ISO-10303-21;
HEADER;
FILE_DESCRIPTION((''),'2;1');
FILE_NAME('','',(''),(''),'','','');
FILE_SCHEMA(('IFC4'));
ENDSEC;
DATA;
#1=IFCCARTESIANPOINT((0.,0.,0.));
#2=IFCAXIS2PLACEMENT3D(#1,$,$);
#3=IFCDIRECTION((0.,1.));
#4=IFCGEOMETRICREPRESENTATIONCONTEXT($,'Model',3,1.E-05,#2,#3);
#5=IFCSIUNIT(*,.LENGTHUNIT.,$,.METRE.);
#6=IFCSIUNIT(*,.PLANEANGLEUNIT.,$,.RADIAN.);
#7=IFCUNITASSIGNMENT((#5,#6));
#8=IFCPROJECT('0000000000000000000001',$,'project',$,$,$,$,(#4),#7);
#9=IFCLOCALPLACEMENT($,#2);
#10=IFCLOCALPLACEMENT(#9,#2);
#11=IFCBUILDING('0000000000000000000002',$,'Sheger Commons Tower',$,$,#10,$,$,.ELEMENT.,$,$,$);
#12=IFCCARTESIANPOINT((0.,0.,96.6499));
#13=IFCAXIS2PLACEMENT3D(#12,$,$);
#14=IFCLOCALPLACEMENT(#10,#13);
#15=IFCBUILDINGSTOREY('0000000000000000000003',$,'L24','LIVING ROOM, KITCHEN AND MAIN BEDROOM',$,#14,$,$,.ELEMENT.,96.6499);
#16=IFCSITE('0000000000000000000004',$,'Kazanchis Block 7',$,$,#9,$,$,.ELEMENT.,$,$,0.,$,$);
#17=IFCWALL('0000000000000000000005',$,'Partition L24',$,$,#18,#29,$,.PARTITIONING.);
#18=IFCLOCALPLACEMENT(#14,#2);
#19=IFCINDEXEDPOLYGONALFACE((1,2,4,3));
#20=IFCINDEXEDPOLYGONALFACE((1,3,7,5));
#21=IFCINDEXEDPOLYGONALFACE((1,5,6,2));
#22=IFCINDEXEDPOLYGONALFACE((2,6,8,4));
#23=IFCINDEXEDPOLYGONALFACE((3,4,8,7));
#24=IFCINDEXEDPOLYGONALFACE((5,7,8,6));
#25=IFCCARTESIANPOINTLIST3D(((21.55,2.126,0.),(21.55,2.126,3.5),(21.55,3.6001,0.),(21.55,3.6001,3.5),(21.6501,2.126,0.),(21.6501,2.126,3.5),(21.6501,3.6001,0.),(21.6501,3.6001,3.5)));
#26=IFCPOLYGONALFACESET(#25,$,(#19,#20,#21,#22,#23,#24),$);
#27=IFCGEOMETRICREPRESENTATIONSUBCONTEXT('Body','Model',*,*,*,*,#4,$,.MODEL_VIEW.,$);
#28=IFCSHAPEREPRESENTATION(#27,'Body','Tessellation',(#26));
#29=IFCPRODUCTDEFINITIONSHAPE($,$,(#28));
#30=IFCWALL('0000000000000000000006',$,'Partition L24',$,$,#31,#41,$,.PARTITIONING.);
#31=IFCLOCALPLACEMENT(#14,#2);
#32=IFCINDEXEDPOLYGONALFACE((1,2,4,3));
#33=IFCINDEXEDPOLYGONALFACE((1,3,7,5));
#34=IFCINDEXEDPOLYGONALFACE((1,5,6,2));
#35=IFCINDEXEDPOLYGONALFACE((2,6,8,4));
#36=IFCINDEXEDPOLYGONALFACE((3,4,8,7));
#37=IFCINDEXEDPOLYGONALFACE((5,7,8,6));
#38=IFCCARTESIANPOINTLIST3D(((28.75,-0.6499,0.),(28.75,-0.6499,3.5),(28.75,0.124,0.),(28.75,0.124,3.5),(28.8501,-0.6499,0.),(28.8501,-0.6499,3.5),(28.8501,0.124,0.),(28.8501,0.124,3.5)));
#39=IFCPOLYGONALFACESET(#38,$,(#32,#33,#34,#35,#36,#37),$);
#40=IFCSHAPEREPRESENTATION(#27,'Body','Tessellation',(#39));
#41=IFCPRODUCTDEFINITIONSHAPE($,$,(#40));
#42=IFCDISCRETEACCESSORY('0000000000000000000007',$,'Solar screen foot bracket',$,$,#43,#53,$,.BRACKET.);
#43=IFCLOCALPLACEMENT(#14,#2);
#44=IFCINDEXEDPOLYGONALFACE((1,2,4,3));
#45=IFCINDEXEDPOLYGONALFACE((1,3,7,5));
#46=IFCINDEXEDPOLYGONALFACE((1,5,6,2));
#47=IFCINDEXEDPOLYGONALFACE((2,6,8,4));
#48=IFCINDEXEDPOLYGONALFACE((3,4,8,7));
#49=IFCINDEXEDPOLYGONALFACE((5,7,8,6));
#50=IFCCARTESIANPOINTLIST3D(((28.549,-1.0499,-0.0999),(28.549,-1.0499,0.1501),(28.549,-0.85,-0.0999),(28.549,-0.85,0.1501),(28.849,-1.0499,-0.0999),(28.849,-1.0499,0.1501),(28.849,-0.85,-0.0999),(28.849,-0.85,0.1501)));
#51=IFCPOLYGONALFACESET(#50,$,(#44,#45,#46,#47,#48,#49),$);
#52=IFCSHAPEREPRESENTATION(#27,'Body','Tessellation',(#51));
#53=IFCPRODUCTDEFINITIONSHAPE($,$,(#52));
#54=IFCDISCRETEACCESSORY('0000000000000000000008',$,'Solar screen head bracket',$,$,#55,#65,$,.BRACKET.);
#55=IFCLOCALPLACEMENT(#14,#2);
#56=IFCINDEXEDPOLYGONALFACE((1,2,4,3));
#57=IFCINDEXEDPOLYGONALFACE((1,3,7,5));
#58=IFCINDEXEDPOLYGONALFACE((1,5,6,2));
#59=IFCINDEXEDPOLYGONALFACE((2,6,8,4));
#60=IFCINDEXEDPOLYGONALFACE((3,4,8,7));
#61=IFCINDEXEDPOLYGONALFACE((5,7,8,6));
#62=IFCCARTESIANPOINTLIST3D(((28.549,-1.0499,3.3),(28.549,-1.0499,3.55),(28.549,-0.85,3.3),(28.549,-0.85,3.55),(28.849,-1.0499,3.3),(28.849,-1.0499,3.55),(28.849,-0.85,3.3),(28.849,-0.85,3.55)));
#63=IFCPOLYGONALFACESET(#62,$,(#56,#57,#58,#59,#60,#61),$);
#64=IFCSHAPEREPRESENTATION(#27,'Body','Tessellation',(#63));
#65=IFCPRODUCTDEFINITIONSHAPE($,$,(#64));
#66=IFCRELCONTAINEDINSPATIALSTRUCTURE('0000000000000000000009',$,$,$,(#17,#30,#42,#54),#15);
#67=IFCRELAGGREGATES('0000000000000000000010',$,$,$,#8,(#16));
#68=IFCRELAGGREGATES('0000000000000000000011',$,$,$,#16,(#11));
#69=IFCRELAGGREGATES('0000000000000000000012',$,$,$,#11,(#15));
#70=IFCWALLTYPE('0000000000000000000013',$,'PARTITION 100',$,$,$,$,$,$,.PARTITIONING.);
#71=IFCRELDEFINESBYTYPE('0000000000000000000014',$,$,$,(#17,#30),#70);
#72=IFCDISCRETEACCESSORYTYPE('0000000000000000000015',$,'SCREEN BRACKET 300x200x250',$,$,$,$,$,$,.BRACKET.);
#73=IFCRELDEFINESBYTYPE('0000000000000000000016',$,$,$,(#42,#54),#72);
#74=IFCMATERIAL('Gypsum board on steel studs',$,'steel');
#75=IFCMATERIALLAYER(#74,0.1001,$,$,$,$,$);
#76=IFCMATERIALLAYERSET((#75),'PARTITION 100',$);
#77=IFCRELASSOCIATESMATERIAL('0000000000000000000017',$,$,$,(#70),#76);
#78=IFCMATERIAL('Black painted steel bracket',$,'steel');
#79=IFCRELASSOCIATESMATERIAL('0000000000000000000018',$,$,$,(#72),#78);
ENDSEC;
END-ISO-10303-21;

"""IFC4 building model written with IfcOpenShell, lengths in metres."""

from ifc_helpers import new_model, si_unit, direction, frame, frame_2d, origin, origin_2d, place, context, subcontext, project, spatial, rectangle, extrude, material, layer, layer_set, type_object, element, save


model = new_model("IFC4")

# Units and contexts
model_context = context("Model", 3, precision=1e-05, world=origin(), true_north=direction((0.0, 1.0)))
body_context = subcontext(model_context, "Body", "Model", "MODEL_VIEW")
ifc_project = project(units=[si_unit("LENGTHUNIT", "METRE"), si_unit("PLANEANGLEUNIT", "RADIAN")], contexts=[model_context])

# Site, building, storey
site_placement = place(None, origin())
site = spatial("IfcSite", under=ifc_project, at=site_placement, Name="Kazanchis Block 7", CompositionType="ELEMENT", RefElevation=0.0)
building_placement = place(site_placement, origin())
building = spatial("IfcBuilding", under=site, at=building_placement, Name="Sheger Commons Tower", CompositionType="ELEMENT")
storey_placement = place(building_placement, frame((0.0, 0.0, 96.6499)))
storey = spatial("IfcBuildingStorey", under=building, at=storey_placement, Name="L24", Description="LIVING ROOM, KITCHEN AND MAIN BEDROOM", CompositionType="ELEMENT", Elevation=96.6499)

# Shared definitions
ifc_material_1 = material(Name="Gypsum board on steel studs", Category="steel")
ifc_layer_1 = layer(ifc_material_1, 0.1001)
ifc_layer_set_1 = layer_set([ifc_layer_1], Name="PARTITION 100")
wall_type_1 = type_object("IfcWallType", Name="PARTITION 100", PredefinedType="PARTITIONING", material=ifc_layer_set_1)

# Walls
wall_1_placement = place(storey_placement, frame((21.6001, 2.126, 0.0), z_axis=(0.0, 0.0, 1.0), x_axis=(0.0, 1.0, 0.0)))
element("IfcWall", 1, at=wall_1_placement, inside=storey, type_object=wall_type_1, Name="Partition L24", PredefinedType="PARTITIONING", context=body_context, shape_type="SweptSolid", body=[
    extrude(rectangle(XDim=1.4741, YDim=0.1001, at=frame_2d((0.7371, 0.0))), origin(), (0.0, 0.0, 1.0), 3.5),
])
wall_2_placement = place(storey_placement, frame((28.8, -0.6499, 0.0), z_axis=(0.0, 0.0, 1.0), x_axis=(0.0, 1.0, 0.0)))
element("IfcWall", 2, at=wall_2_placement, inside=storey, type_object=wall_type_1, Name="Partition L24", PredefinedType="PARTITIONING", context=body_context, shape_type="SweptSolid", body=[
    extrude(rectangle(XDim=0.7739, YDim=0.1001, at=frame_2d((0.387, 0.0))), origin(), (0.0, 0.0, 1.0), 3.5),
])

# Discrete accessories
ifc_material_2 = material(Name="Black painted steel bracket", Category="steel")
discrete_accessory_type = type_object("IfcDiscreteAccessoryType", Name="SCREEN BRACKET 300x200x250", PredefinedType="BRACKET", material=ifc_material_2)
for number, where, z_axis, x_axis, name in (
    (3, (28.699, -0.95, -0.0999), (0.0, 0.0, 1.0), (1.0, 0.0, 0.0), "Solar screen foot bracket"),
    (4, (28.699, -0.95, 3.3), (0.0, 0.0, 1.0), (1.0, 0.0, 0.0), "Solar screen head bracket"),
):
    element("IfcDiscreteAccessory", number, at=place(storey_placement, frame(where, z_axis=z_axis, x_axis=x_axis)), inside=storey, type_object=discrete_accessory_type, Name=name, PredefinedType="BRACKET", context=body_context, shape_type="SweptSolid", body=[
        extrude(rectangle(XDim=0.3, YDim=0.2, at=origin_2d()), origin(), (0.0, 0.0, 1.0), 0.25),
    ])

save(model, "model.ifc")
